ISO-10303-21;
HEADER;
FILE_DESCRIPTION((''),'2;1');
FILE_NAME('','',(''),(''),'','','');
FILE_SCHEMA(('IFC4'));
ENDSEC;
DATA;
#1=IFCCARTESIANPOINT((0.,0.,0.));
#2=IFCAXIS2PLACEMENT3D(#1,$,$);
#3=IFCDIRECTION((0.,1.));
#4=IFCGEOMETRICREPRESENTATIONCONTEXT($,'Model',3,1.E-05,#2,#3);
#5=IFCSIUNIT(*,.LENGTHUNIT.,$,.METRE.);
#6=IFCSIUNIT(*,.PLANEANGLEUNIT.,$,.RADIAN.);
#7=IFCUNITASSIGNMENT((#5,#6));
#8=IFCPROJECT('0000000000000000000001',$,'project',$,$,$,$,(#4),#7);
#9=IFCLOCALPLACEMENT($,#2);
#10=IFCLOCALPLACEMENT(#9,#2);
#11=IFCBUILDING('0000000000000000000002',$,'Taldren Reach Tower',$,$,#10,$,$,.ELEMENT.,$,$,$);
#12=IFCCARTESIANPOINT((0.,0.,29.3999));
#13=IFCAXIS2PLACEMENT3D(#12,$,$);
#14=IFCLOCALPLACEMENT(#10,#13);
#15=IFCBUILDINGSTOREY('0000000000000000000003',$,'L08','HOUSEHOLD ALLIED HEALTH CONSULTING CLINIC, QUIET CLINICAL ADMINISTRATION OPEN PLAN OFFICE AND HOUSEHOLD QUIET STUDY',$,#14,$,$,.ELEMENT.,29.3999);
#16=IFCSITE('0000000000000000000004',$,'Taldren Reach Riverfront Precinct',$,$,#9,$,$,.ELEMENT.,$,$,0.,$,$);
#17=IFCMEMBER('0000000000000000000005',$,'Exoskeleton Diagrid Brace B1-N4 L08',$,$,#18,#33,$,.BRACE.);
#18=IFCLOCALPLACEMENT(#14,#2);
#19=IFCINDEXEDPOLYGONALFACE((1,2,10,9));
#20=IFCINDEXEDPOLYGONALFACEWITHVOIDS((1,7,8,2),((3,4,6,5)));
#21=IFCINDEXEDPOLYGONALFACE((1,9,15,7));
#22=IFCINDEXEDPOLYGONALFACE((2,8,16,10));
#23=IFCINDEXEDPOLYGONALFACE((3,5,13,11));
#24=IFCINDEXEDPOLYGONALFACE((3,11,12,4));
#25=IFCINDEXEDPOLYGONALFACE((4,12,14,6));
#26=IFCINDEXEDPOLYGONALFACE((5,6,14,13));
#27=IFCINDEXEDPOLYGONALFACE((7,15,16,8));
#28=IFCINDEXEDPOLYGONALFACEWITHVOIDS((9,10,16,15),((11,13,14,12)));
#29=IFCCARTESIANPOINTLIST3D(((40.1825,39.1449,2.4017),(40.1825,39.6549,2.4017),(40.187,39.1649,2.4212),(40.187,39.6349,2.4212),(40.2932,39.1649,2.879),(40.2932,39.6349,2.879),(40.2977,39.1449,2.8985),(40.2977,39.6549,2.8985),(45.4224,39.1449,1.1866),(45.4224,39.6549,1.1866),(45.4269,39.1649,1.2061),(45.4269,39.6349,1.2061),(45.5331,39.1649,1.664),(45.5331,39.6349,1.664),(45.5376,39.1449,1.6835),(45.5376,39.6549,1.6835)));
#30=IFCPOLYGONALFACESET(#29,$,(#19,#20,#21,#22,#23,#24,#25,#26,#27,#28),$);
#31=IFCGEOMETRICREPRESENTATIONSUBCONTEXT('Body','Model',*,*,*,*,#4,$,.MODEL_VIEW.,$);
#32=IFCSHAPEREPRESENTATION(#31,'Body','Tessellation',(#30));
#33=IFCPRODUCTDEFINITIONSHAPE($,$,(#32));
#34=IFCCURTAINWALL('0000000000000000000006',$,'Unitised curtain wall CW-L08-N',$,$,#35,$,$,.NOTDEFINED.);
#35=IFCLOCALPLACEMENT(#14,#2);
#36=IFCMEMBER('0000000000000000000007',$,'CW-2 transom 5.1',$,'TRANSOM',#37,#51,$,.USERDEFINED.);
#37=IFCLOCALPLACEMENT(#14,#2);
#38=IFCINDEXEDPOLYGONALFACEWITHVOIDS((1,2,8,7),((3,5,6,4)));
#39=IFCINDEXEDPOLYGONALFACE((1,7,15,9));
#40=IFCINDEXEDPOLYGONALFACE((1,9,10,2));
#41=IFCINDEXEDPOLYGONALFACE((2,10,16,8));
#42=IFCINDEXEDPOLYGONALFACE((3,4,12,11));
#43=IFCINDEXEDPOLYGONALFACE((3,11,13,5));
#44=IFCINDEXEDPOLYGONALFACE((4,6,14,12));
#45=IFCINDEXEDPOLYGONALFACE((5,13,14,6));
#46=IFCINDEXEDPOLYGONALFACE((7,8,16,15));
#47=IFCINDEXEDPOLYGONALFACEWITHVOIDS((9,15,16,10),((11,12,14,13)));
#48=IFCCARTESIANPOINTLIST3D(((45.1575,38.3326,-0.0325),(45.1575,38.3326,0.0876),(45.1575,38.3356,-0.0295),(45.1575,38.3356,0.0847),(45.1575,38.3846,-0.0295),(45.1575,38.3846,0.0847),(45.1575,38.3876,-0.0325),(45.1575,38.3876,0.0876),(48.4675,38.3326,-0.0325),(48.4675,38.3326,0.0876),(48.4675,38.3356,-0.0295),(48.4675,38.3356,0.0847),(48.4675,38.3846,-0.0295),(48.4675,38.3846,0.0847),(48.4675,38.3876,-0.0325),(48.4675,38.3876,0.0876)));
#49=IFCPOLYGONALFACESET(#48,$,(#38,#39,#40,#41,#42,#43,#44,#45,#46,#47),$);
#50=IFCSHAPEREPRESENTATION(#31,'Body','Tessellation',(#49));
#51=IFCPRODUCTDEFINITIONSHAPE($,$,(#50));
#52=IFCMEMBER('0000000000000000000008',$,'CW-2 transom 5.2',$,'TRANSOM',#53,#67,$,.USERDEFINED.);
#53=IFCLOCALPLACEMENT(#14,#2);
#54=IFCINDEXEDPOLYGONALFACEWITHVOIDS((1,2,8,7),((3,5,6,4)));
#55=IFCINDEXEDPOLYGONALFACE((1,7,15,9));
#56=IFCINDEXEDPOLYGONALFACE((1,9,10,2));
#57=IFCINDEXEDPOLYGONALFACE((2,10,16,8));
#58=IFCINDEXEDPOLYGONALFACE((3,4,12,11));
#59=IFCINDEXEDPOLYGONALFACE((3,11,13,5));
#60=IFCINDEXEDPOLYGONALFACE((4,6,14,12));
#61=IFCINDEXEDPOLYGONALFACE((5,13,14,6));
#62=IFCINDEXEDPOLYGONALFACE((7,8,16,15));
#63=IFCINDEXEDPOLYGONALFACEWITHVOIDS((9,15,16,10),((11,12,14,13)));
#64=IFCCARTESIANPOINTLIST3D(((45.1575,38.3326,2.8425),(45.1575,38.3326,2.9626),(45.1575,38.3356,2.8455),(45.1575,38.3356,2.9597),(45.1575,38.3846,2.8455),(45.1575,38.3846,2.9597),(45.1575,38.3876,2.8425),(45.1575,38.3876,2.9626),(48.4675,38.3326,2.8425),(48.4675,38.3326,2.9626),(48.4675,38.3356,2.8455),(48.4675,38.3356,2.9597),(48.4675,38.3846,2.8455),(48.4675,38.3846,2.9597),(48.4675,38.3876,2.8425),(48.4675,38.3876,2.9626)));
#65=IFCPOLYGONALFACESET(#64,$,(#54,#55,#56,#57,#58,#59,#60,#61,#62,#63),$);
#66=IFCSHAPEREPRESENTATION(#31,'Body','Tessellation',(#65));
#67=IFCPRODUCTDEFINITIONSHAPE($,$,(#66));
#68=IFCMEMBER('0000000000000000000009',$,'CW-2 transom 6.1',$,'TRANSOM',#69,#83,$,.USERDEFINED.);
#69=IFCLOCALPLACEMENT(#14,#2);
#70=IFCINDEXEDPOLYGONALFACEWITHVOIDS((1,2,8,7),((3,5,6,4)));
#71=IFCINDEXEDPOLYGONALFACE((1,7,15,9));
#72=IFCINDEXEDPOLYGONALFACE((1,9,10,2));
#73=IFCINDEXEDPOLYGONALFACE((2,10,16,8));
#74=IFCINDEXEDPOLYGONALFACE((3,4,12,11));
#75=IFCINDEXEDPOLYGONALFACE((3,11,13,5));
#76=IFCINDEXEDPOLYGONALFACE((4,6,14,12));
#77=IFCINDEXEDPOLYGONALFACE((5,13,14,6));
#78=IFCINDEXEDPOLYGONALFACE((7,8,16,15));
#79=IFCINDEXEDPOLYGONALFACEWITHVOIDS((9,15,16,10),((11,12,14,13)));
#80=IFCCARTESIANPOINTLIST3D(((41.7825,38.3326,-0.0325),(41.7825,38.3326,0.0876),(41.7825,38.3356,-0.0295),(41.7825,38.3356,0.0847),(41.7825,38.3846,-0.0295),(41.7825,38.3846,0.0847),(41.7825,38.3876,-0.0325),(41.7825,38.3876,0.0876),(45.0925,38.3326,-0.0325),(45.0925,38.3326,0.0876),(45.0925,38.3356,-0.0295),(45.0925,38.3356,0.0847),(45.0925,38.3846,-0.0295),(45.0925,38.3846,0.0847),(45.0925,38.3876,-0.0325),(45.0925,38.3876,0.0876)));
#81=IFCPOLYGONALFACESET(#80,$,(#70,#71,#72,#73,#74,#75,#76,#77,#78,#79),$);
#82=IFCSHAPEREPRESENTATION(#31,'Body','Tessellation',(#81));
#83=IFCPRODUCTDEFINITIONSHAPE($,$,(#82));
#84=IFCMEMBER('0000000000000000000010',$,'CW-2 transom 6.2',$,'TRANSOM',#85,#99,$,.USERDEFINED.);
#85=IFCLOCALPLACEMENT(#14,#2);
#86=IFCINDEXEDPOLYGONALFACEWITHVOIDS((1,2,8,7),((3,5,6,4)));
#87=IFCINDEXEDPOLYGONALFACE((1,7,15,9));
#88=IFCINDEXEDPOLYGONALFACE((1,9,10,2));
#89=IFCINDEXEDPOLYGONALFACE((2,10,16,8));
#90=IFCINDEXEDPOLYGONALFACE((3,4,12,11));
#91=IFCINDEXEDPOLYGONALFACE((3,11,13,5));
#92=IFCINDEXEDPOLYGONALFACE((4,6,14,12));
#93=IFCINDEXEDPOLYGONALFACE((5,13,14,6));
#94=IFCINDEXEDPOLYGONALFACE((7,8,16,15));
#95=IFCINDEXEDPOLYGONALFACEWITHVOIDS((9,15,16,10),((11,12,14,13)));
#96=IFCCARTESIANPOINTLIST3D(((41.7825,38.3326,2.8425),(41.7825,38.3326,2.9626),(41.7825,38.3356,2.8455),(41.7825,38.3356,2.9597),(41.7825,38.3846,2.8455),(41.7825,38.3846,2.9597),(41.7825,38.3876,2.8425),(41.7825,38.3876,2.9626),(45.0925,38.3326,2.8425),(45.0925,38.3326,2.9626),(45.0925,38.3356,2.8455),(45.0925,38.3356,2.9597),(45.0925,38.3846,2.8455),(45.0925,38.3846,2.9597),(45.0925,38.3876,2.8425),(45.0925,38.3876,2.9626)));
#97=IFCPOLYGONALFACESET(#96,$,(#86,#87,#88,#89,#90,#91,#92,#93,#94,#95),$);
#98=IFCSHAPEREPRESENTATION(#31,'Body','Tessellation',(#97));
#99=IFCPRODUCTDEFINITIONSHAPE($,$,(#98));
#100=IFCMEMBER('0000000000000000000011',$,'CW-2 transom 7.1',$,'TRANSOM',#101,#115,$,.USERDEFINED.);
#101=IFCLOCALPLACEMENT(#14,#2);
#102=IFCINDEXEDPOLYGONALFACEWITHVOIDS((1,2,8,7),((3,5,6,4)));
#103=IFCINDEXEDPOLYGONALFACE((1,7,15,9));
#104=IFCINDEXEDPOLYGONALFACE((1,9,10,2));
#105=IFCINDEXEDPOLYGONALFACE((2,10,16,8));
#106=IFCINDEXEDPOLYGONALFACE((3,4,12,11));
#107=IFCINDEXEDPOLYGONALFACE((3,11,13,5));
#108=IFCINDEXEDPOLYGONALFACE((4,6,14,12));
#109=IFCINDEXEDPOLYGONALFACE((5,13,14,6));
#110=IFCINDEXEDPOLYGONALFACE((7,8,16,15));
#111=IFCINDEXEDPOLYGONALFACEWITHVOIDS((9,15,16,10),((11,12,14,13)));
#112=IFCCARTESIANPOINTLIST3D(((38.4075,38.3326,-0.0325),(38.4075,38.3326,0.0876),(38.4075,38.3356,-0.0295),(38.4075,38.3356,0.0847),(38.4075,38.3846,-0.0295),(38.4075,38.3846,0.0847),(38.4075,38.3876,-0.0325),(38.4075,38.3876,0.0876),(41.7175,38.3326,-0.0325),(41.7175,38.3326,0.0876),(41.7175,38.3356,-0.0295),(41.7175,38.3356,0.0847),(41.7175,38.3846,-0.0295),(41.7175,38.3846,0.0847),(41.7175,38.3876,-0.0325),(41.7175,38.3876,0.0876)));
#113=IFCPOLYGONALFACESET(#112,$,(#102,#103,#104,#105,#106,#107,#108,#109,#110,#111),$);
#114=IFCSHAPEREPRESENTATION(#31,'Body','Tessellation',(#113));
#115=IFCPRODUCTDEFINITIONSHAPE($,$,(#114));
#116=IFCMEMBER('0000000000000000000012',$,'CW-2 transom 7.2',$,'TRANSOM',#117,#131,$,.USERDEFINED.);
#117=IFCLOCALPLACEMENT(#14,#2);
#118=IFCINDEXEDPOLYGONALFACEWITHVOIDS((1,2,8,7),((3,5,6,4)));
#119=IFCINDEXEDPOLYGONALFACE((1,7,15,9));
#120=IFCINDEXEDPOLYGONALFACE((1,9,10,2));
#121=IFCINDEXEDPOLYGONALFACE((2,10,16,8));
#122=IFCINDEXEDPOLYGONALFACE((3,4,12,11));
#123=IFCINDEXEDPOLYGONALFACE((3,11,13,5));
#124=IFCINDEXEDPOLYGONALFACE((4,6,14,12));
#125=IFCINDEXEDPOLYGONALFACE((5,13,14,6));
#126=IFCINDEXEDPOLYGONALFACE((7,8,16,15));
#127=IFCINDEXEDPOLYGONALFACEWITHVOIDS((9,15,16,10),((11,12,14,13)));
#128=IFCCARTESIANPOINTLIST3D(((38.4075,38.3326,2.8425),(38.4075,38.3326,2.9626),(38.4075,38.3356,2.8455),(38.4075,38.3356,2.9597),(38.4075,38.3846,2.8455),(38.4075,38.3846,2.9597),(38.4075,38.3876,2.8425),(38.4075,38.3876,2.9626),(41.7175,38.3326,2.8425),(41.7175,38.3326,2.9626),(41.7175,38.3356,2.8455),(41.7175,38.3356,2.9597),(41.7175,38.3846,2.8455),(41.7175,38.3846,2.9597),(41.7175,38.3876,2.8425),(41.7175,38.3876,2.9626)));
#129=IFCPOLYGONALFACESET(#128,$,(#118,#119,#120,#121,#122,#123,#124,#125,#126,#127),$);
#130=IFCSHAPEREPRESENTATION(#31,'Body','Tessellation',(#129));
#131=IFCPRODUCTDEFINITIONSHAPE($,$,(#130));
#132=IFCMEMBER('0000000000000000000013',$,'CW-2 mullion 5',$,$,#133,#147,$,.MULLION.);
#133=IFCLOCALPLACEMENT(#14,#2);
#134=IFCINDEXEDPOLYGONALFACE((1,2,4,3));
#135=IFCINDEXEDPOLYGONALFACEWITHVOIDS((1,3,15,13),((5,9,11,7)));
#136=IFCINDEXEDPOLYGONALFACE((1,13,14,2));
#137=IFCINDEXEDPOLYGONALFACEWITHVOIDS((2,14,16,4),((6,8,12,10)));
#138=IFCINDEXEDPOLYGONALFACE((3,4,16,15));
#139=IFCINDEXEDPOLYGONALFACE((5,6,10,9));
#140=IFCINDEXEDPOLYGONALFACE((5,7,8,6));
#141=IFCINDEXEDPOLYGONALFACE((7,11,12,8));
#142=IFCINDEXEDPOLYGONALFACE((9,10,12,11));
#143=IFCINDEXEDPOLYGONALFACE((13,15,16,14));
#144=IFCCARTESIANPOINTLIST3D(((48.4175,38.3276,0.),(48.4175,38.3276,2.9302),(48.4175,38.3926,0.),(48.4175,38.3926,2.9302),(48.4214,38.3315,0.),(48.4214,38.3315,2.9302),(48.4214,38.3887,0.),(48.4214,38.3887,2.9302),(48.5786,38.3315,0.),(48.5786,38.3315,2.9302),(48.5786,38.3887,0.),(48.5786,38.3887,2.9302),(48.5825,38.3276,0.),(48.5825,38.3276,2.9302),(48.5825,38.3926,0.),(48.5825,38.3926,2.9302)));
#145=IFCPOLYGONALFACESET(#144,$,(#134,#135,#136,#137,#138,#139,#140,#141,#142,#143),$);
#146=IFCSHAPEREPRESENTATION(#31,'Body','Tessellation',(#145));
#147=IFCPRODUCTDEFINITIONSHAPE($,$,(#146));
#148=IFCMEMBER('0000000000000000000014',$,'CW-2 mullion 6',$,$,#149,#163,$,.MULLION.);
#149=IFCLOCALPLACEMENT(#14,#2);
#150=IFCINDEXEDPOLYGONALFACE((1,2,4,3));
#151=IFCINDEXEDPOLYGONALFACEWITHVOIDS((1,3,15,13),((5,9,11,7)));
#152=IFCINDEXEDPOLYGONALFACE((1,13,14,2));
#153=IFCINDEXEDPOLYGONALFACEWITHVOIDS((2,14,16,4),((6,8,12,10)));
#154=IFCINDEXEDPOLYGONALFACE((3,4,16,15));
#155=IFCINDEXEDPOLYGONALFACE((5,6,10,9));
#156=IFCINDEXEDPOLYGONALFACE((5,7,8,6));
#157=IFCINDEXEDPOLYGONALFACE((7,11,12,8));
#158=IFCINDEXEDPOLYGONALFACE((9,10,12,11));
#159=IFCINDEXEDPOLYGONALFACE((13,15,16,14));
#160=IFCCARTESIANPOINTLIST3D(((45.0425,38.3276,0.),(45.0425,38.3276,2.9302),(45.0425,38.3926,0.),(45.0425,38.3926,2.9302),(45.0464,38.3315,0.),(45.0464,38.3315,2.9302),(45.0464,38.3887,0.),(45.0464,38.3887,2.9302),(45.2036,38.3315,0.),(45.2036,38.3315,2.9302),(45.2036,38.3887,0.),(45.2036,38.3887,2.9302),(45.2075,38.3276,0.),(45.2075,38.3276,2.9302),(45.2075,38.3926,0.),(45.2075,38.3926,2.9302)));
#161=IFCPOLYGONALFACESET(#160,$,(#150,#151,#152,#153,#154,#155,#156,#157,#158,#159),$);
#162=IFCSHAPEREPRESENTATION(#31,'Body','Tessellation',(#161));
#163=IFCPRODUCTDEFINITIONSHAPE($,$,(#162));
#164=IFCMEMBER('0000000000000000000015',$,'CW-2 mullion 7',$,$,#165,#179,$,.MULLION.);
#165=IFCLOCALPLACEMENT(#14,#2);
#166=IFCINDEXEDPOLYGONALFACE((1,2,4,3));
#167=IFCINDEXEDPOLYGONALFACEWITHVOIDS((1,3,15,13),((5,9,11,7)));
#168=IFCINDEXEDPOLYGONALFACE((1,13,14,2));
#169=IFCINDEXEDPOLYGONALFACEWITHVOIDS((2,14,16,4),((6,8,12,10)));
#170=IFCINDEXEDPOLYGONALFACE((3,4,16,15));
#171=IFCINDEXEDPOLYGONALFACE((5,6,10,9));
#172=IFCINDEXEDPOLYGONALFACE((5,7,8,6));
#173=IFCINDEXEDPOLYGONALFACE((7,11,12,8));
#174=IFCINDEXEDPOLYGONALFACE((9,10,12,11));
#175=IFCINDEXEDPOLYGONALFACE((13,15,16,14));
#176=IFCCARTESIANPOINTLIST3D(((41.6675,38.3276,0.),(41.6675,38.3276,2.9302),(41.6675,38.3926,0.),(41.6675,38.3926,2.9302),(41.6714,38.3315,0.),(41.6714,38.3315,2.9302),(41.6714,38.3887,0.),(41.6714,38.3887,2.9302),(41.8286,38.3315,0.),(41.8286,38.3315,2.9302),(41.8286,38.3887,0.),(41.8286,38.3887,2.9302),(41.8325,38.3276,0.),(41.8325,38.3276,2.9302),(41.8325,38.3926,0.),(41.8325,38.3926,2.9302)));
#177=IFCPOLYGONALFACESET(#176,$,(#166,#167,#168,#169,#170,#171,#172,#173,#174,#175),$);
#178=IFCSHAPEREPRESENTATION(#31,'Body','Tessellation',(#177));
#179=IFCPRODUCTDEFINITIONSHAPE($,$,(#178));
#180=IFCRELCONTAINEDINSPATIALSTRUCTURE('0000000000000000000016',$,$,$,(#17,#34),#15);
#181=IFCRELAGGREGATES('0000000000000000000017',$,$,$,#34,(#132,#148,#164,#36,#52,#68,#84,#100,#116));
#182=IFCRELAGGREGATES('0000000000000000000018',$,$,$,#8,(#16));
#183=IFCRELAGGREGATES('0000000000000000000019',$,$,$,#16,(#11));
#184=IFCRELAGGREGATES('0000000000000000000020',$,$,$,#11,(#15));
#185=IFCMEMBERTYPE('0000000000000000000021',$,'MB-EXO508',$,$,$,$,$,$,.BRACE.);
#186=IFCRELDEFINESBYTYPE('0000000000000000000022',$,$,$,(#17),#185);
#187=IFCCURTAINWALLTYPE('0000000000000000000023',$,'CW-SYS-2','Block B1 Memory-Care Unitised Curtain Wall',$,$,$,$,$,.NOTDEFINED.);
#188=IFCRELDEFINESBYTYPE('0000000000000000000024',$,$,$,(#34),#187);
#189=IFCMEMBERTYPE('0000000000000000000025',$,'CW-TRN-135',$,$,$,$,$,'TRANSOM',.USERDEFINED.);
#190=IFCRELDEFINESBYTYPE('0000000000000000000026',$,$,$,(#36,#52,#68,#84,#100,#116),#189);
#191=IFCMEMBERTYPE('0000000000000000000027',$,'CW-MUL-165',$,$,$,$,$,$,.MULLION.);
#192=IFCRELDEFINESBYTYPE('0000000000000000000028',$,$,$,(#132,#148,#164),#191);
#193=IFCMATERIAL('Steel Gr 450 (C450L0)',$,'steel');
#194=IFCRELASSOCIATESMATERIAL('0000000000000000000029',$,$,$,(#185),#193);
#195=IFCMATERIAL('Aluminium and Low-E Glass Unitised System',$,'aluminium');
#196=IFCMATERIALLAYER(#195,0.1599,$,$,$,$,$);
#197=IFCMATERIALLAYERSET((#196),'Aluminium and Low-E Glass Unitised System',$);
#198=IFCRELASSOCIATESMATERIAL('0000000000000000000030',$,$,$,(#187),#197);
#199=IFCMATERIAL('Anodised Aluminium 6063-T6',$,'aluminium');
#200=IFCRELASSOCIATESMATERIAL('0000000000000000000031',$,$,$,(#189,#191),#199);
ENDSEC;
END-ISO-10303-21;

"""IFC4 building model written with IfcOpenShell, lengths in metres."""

from ifc_helpers import new_model, si_unit, direction, frame, origin, origin_2d, place, context, subcontext, project, spatial, hollow_rectangle, extrude, source, transform, mapped, material, layer, layer_set, material_profile, profile_set, type_object, element, aggregate, save


model = new_model("IFC4")

# Units and contexts
model_context = context("Model", 3, precision=1e-05, world=origin(), true_north=direction((0.0, 1.0)))
body_context = subcontext(model_context, "Body", "Model", "MODEL_VIEW")
ifc_project = project(units=[si_unit("LENGTHUNIT", "METRE"), si_unit("PLANEANGLEUNIT", "RADIAN")], contexts=[model_context])

# Site, building, storey
site_placement = place(None, origin())
site = spatial("IfcSite", under=ifc_project, at=site_placement, Name="Taldren Reach Riverfront Precinct", CompositionType="ELEMENT", RefElevation=0.0)
building_placement = place(site_placement, origin())
building = spatial("IfcBuilding", under=site, at=building_placement, Name="Taldren Reach Tower", CompositionType="ELEMENT")
storey_placement = place(building_placement, frame((0.0, 0.0, 29.3999)))
storey = spatial("IfcBuildingStorey", under=building, at=storey_placement, Name="L08", Description="HOUSEHOLD ALLIED HEALTH CONSULTING CLINIC, QUIET CLINICAL ADMINISTRATION OPEN PLAN OFFICE AND HOUSEHOLD QUIET STUDY", CompositionType="ELEMENT", Elevation=29.3999)

# Member
ifc_material_1 = material(Name="Steel Gr 450 (C450L0)", Category="steel")
ifc_material_profile_1 = material_profile(ifc_material_1, hollow_rectangle(XDim=0.51, YDim=0.51, WallThickness=0.02, at=origin_2d()), Name="510x510x20.0SHS")
ifc_profile_set_1 = profile_set([ifc_material_profile_1], Name="Steel Gr 450 (C450L0)")
member_type_1 = type_object("IfcMemberType", Name="MB-EXO508", PredefinedType="BRACE", material=ifc_profile_set_1)
shared_shape_1 = source(origin(), body_context, "Body", "SweptSolid", [
    extrude(hollow_rectangle(XDim=0.51, YDim=0.51, WallThickness=0.02, at=origin_2d()), origin(), (0.0, 0.0, 1.0), 5.3789),
])
member_1_placement = place(storey_placement, frame((45.48, 39.3999, 1.4351), z_axis=(-0.974152, 0.0, 0.225894), x_axis=(0.0, -1.0, 0.0)))
element("IfcMember", 1, at=member_1_placement, inside=storey, type_object=member_type_1, Name="Exoskeleton Diagrid Brace B1-N4 L08", PredefinedType="BRACE", context=body_context, shape_type="MappedRepresentation", body=[
    mapped(shared_shape_1, transform((0.0, 0.0, 0.0), scale=1.0)),
])

# Curtain wall, members
ifc_material_2 = material(Name="Aluminium and Low-E Glass Unitised System", Category="aluminium")
ifc_layer_1 = layer(ifc_material_2, 0.1599)
ifc_layer_set_1 = layer_set([ifc_layer_1], Name="Aluminium and Low-E Glass Unitised System")
curtain_wall_type = type_object("IfcCurtainWallType", Name="CW-SYS-2", Description="Block B1 Memory-Care Unitised Curtain Wall", PredefinedType="NOTDEFINED", material=ifc_layer_set_1)
curtain_wall_placement = place(storey_placement, origin())
curtain_wall = element("IfcCurtainWall", 2, at=curtain_wall_placement, inside=storey, type_object=curtain_wall_type, Name="Unitised curtain wall CW-L08-N", PredefinedType="NOTDEFINED")
ifc_material_3 = material(Name="Anodised Aluminium 6063-T6", Category="aluminium")
ifc_material_profile_2 = material_profile(ifc_material_3, hollow_rectangle(XDim=0.0549, YDim=0.1201, WallThickness=0.0029, at=origin_2d()), Name="ALU-120x55x3RHS")
ifc_profile_set_2 = profile_set([ifc_material_profile_2], Name="Anodised Aluminium 6063-T6")
member_type_2 = type_object("IfcMemberType", Name="CW-TRN-135", ElementType="TRANSOM", PredefinedType="USERDEFINED", material=ifc_profile_set_2)
shared_shape_2 = source(origin(), body_context, "Body", "SweptSolid", [
    extrude(hollow_rectangle(XDim=0.0549, YDim=0.1201, WallThickness=0.0029, at=origin_2d()), origin(), (0.0, 0.0, 1.0), 3.3101),
])
member_2_placement = place(storey_placement, frame((48.4675, 38.3601, 0.0276), z_axis=(-1.0, 0.0, 0.0), x_axis=(0.0, -1.0, 0.0)))
member_2 = element("IfcMember", 3, at=member_2_placement, type_object=member_type_2, Name="CW-2 transom 5.1", ObjectType="TRANSOM", PredefinedType="USERDEFINED", context=body_context, shape_type="MappedRepresentation", body=[
    mapped(shared_shape_2, transform((0.0, 0.0, 0.0), scale=1.0)),
])
member_3_placement = place(storey_placement, frame((48.4675, 38.3601, 2.9026), z_axis=(-1.0, 0.0, 0.0), x_axis=(0.0, -1.0, 0.0)))
member_3 = element("IfcMember", 4, at=member_3_placement, type_object=member_type_2, Name="CW-2 transom 5.2", ObjectType="TRANSOM", PredefinedType="USERDEFINED", context=body_context, shape_type="MappedRepresentation", body=[
    mapped(shared_shape_2, transform((0.0, 0.0, 0.0), scale=1.0)),
])
member_4_placement = place(storey_placement, frame((45.0925, 38.3601, 0.0276), z_axis=(-1.0, 0.0, 0.0), x_axis=(0.0, -1.0, 0.0)))
member_4 = element("IfcMember", 5, at=member_4_placement, type_object=member_type_2, Name="CW-2 transom 6.1", ObjectType="TRANSOM", PredefinedType="USERDEFINED", context=body_context, shape_type="MappedRepresentation", body=[
    mapped(shared_shape_2, transform((0.0, 0.0, 0.0), scale=1.0)),
])
member_5_placement = place(storey_placement, frame((45.0925, 38.3601, 2.9026), z_axis=(-1.0, 0.0, 0.0), x_axis=(0.0, -1.0, 0.0)))
member_5 = element("IfcMember", 6, at=member_5_placement, type_object=member_type_2, Name="CW-2 transom 6.2", ObjectType="TRANSOM", PredefinedType="USERDEFINED", context=body_context, shape_type="MappedRepresentation", body=[
    mapped(shared_shape_2, transform((0.0, 0.0, 0.0), scale=1.0)),
])
member_6_placement = place(storey_placement, frame((41.7175, 38.3601, 0.0276), z_axis=(-1.0, 0.0, 0.0), x_axis=(0.0, -1.0, 0.0)))
member_6 = element("IfcMember", 7, at=member_6_placement, type_object=member_type_2, Name="CW-2 transom 7.1", ObjectType="TRANSOM", PredefinedType="USERDEFINED", context=body_context, shape_type="MappedRepresentation", body=[
    mapped(shared_shape_2, transform((0.0, 0.0, 0.0), scale=1.0)),
])
member_7_placement = place(storey_placement, frame((41.7175, 38.3601, 2.9026), z_axis=(-1.0, 0.0, 0.0), x_axis=(0.0, -1.0, 0.0)))
member_7 = element("IfcMember", 8, at=member_7_placement, type_object=member_type_2, Name="CW-2 transom 7.2", ObjectType="TRANSOM", PredefinedType="USERDEFINED", context=body_context, shape_type="MappedRepresentation", body=[
    mapped(shared_shape_2, transform((0.0, 0.0, 0.0), scale=1.0)),
])
ifc_material_profile_3 = material_profile(ifc_material_3, hollow_rectangle(XDim=0.0649, YDim=0.165, WallThickness=0.0039, at=origin_2d()), Name="ALU-165x65x4RHS")
ifc_profile_set_3 = profile_set([ifc_material_profile_3], Name="Anodised Aluminium 6063-T6")
member_type_3 = type_object("IfcMemberType", Name="CW-MUL-165", PredefinedType="MULLION", material=ifc_profile_set_3)
shared_shape_3 = source(origin(), body_context, "Body", "SweptSolid", [
    extrude(hollow_rectangle(XDim=0.0649, YDim=0.165, WallThickness=0.0039, at=origin_2d()), origin(), (0.0, 0.0, 1.0), 2.9302),
])
member_8_placement = place(storey_placement, frame((48.5, 38.3601, 0.0), z_axis=(0.0, 0.0, 1.0), x_axis=(0.0, -1.0, 0.0)))
member_8 = element("IfcMember", 9, at=member_8_placement, type_object=member_type_3, Name="CW-2 mullion 5", PredefinedType="MULLION", context=body_context, shape_type="MappedRepresentation", body=[
    mapped(shared_shape_3, transform((0.0, 0.0, 0.0), scale=1.0)),
])
member_9_placement = place(storey_placement, frame((45.125, 38.3601, 0.0), z_axis=(0.0, 0.0, 1.0), x_axis=(0.0, -1.0, 0.0)))
member_9 = element("IfcMember", 10, at=member_9_placement, type_object=member_type_3, Name="CW-2 mullion 6", PredefinedType="MULLION", context=body_context, shape_type="MappedRepresentation", body=[
    mapped(shared_shape_3, transform((0.0, 0.0, 0.0), scale=1.0)),
])
member_10_placement = place(storey_placement, frame((41.75, 38.3601, 0.0), z_axis=(0.0, 0.0, 1.0), x_axis=(0.0, -1.0, 0.0)))
member_10 = element("IfcMember", 11, at=member_10_placement, type_object=member_type_3, Name="CW-2 mullion 7", PredefinedType="MULLION", context=body_context, shape_type="MappedRepresentation", body=[
    mapped(shared_shape_3, transform((0.0, 0.0, 0.0), scale=1.0)),
])

aggregate(curtain_wall, [member_8, member_9, member_10, member_2, member_3, member_4, member_5, member_6, member_7])

save(model, "model.ifc")
